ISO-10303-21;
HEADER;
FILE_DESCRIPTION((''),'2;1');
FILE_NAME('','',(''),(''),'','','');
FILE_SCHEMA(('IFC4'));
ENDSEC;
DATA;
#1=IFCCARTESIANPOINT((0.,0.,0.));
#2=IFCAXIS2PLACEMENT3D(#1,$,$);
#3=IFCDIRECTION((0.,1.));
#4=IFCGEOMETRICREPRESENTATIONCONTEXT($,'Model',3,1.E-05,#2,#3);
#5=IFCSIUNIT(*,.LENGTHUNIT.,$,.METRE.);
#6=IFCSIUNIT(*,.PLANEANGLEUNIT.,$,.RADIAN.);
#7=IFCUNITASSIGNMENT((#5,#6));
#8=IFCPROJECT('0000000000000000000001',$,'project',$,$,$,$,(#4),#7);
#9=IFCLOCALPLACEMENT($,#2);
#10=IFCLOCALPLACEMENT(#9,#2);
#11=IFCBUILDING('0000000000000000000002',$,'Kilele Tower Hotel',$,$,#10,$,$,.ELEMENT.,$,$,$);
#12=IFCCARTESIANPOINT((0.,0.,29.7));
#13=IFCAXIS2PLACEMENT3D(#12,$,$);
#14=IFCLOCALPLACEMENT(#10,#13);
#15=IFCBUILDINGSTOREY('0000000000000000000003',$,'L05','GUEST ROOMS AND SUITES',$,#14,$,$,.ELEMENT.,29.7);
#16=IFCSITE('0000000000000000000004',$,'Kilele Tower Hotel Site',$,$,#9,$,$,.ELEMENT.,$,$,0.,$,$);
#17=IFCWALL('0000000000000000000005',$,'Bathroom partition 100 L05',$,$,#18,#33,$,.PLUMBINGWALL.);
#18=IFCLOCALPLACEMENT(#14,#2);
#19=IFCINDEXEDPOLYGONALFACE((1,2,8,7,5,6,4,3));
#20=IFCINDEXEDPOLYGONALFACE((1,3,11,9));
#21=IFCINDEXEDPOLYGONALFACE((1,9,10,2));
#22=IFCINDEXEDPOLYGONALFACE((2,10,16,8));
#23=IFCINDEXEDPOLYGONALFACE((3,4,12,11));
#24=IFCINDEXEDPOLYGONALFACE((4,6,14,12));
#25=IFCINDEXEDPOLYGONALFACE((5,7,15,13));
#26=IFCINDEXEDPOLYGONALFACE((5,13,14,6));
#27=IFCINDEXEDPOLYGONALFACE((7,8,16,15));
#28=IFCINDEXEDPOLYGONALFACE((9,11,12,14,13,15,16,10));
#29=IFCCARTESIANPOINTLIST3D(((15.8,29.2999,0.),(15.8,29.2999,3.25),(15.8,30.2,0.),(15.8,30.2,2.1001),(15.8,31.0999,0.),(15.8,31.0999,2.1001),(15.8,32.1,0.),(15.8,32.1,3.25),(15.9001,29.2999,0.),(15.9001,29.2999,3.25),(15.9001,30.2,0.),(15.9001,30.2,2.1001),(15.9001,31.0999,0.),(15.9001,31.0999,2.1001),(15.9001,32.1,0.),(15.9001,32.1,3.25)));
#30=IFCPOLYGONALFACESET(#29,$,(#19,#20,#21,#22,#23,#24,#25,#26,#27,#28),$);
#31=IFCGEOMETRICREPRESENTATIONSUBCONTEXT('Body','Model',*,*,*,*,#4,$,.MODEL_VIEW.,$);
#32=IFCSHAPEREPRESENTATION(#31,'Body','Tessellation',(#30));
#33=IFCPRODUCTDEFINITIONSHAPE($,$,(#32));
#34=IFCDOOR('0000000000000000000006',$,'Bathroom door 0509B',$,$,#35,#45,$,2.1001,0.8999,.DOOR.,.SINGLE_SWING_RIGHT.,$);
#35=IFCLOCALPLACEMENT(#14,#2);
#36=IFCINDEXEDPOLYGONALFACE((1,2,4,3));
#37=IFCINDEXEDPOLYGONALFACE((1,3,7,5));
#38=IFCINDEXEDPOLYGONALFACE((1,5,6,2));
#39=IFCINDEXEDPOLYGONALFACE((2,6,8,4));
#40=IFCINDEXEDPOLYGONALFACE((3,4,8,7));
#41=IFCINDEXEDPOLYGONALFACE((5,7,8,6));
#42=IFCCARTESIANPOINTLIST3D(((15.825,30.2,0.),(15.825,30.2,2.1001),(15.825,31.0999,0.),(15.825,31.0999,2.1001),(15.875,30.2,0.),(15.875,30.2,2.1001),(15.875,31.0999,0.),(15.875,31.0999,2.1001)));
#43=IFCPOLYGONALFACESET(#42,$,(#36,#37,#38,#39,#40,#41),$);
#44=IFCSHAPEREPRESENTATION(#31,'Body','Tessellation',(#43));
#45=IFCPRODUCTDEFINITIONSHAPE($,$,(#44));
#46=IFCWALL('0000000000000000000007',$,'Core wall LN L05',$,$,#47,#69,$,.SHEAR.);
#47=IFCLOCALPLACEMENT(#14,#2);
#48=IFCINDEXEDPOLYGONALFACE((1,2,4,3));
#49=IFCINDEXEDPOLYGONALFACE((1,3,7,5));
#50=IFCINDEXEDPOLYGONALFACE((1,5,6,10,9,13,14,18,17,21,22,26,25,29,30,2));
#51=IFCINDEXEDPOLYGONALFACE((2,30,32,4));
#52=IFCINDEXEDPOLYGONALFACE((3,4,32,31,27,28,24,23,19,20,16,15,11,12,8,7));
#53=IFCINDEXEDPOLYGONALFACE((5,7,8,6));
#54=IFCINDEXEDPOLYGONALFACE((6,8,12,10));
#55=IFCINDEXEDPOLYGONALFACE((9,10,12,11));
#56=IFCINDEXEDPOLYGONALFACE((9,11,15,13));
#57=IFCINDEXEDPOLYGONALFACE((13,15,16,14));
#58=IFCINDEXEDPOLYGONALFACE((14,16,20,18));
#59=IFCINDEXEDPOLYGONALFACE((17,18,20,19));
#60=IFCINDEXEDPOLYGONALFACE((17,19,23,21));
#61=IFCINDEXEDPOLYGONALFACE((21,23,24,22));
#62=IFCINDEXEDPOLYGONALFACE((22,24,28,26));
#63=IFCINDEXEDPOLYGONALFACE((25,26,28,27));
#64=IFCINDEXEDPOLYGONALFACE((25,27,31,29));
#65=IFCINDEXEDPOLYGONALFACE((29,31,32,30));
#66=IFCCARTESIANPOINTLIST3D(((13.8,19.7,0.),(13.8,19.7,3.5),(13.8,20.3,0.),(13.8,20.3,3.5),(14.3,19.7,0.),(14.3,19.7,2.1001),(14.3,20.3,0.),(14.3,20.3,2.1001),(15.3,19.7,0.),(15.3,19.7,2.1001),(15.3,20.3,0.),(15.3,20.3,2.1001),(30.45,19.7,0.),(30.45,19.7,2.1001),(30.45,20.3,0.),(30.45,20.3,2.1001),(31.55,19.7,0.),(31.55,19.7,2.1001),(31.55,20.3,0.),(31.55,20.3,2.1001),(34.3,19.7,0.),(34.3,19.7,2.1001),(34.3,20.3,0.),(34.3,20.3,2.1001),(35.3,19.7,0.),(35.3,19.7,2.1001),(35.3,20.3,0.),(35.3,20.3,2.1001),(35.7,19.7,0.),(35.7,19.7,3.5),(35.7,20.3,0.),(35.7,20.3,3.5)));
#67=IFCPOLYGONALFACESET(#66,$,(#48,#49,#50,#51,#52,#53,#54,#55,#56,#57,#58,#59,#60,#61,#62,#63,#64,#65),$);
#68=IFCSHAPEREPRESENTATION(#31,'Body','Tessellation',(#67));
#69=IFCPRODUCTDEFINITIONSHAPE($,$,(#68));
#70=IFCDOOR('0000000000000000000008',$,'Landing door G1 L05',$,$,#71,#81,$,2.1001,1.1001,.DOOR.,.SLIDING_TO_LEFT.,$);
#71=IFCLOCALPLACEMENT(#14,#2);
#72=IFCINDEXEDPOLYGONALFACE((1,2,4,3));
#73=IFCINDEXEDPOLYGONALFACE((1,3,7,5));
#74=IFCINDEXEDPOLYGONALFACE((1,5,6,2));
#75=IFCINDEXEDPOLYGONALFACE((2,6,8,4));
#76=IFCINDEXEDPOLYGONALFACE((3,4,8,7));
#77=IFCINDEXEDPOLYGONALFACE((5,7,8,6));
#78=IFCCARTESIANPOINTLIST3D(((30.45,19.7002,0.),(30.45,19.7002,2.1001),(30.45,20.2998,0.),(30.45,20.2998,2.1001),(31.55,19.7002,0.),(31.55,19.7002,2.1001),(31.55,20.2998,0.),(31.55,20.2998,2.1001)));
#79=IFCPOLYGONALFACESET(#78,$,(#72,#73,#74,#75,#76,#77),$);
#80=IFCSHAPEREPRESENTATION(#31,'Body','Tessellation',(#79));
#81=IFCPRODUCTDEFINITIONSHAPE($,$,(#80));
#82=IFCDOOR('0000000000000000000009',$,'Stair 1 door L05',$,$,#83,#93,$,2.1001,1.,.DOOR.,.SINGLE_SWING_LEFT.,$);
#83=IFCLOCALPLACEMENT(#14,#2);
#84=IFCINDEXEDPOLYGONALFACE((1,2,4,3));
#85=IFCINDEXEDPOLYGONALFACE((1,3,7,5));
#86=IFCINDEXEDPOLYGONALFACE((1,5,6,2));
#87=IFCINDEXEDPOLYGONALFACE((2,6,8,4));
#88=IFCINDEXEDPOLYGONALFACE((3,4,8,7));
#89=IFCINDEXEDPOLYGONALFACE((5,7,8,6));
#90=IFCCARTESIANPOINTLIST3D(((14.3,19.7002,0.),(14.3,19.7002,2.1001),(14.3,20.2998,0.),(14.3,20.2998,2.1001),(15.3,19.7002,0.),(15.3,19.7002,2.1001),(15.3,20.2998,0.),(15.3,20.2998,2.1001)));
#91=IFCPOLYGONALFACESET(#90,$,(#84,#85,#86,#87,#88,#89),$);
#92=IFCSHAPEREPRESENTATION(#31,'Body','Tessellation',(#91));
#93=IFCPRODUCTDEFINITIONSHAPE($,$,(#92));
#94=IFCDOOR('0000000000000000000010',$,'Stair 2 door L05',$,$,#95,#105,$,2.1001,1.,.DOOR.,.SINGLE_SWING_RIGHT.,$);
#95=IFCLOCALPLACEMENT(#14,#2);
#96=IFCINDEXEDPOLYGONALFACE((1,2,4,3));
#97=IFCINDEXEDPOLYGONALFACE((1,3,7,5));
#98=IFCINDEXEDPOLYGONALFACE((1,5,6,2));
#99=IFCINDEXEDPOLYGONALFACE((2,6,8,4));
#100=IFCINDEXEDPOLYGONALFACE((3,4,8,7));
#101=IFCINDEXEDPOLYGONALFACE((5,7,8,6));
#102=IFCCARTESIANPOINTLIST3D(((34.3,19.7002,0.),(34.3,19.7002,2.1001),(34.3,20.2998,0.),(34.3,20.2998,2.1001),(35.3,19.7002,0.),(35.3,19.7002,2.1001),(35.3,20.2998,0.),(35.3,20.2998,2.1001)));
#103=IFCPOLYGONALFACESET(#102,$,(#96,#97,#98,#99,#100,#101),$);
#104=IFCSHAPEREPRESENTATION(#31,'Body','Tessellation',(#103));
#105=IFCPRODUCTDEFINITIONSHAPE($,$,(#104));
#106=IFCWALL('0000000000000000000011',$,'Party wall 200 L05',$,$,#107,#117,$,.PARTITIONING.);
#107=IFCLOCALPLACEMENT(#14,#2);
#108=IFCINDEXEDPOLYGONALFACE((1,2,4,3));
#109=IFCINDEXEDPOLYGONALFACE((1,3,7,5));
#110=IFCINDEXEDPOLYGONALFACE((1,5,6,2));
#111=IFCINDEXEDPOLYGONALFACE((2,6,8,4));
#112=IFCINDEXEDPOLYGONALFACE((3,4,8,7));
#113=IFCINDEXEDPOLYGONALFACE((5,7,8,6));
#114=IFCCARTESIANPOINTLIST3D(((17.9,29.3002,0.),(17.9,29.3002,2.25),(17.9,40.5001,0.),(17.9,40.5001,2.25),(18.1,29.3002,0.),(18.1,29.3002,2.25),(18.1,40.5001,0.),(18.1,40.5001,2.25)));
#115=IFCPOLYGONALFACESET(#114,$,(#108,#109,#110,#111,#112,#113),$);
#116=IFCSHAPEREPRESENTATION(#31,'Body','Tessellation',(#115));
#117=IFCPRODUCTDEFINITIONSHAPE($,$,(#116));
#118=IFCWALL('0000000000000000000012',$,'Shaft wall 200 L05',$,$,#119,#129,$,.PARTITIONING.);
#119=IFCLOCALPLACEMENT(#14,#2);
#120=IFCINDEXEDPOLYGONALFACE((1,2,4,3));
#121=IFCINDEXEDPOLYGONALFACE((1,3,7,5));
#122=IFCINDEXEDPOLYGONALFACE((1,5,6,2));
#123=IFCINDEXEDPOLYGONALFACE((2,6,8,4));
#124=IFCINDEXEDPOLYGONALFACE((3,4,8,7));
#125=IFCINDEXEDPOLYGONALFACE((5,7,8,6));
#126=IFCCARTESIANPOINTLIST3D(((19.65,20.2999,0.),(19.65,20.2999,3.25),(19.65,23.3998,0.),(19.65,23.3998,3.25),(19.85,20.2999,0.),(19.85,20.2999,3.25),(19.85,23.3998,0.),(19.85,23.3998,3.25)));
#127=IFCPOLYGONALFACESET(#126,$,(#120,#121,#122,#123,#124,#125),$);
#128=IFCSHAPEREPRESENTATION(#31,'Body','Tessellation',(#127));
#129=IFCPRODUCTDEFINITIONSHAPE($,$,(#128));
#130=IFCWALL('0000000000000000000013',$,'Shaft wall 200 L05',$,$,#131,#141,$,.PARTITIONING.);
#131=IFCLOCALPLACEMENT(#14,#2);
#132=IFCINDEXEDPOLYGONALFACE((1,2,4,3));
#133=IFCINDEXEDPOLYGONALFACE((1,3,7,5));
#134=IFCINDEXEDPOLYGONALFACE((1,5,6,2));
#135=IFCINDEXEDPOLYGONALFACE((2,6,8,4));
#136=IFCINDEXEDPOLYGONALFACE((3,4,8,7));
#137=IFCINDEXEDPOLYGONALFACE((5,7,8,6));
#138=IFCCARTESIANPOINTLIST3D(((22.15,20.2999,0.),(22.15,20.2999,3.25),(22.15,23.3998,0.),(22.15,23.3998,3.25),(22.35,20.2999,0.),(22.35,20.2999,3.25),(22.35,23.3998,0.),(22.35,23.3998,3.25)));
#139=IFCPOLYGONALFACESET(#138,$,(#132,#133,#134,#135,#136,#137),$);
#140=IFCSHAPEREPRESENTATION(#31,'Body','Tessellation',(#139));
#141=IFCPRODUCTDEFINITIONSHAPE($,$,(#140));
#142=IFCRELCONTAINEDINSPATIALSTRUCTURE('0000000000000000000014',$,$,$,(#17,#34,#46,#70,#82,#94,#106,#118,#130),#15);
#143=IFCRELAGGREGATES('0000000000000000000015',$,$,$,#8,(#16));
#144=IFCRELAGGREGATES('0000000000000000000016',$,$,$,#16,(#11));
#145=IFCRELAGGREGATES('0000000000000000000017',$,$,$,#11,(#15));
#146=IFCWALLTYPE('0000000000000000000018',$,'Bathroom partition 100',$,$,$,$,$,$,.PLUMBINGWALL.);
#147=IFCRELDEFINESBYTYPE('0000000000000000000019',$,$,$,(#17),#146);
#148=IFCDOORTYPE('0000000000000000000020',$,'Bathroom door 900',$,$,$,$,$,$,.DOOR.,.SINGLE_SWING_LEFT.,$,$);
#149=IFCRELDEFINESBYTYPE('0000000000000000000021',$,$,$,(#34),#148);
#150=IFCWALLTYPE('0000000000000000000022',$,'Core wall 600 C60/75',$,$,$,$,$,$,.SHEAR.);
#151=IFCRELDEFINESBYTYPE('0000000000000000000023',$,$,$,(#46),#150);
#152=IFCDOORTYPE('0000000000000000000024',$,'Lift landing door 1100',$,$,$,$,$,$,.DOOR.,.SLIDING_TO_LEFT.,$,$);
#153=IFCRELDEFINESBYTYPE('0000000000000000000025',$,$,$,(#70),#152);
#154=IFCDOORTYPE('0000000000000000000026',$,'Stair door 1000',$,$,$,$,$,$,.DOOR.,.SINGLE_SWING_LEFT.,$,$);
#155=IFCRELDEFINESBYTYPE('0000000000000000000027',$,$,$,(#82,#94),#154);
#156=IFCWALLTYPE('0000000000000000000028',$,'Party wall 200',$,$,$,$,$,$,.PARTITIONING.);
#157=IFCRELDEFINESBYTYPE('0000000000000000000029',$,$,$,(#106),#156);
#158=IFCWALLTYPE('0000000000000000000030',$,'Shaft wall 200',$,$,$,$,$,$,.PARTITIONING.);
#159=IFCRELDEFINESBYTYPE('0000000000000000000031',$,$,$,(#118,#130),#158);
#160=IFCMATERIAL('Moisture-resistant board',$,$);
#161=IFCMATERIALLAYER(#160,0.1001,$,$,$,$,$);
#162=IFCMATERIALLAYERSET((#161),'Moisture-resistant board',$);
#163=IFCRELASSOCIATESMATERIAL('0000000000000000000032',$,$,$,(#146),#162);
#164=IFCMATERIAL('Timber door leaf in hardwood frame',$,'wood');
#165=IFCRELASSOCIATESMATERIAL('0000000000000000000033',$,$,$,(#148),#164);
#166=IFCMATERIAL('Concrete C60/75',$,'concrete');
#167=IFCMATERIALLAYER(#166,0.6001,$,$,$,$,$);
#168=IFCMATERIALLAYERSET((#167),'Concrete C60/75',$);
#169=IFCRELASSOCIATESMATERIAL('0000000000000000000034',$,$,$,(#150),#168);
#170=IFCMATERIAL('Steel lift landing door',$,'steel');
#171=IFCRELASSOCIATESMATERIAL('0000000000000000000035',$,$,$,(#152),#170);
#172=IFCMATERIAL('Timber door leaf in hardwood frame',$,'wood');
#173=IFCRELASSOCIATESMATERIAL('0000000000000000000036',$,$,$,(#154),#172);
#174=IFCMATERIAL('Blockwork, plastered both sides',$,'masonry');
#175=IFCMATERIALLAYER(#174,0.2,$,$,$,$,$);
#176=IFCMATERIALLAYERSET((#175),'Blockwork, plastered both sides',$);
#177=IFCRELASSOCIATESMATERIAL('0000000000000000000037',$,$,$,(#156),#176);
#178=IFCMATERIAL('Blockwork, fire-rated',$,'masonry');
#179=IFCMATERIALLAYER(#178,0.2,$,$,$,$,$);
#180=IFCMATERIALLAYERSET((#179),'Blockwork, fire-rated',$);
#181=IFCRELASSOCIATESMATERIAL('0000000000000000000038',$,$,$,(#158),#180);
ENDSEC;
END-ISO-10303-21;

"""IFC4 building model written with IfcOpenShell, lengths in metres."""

from ifc_helpers import new_model, si_unit, direction, frame, frame_2d, origin, place, context, subcontext, project, spatial, rectangle, extrude, material, layer, layer_set, type_object, element, fill, save


model = new_model("IFC4")

# Units and contexts
model_context = context("Model", 3, precision=1e-05, world=origin(), true_north=direction((0.0, 1.0)))
body_context = subcontext(model_context, "Body", "Model", "MODEL_VIEW")
ifc_project = project(units=[si_unit("LENGTHUNIT", "METRE"), si_unit("PLANEANGLEUNIT", "RADIAN")], contexts=[model_context])

# Site, building, storey
site_placement = place(None, origin())
site = spatial("IfcSite", under=ifc_project, at=site_placement, Name="Kilele Tower Hotel Site", CompositionType="ELEMENT", RefElevation=0.0)
building_placement = place(site_placement, origin())
building = spatial("IfcBuilding", under=site, at=building_placement, Name="Kilele Tower Hotel", CompositionType="ELEMENT")
storey_placement = place(building_placement, frame((0.0, 0.0, 29.7)))
storey = spatial("IfcBuildingStorey", under=building, at=storey_placement, Name="L05", Description="GUEST ROOMS AND SUITES", CompositionType="ELEMENT", Elevation=29.7)

# Wall, opening, door
ifc_material_1 = material(Name="Moisture-resistant board")
ifc_layer_1 = layer(ifc_material_1, 0.1001)
ifc_layer_set_1 = layer_set([ifc_layer_1], Name="Moisture-resistant board")
wall_type_1 = type_object("IfcWallType", Name="Bathroom partition 100", PredefinedType="PLUMBINGWALL", material=ifc_layer_set_1)
wall_1_placement = place(storey_placement, frame((15.8501, 29.3, 0.0), z_axis=(0.0, 0.0, 1.0), x_axis=(0.0, 1.0, 0.0)))
wall_1 = element("IfcWall", 1, at=wall_1_placement, inside=storey, type_object=wall_type_1, Name="Bathroom partition 100 L05", PredefinedType="PLUMBINGWALL", context=body_context, shape_type="SweptSolid", body=[
    extrude(rectangle(XDim=2.8, YDim=0.1001, at=frame_2d((1.3999, 0.0))), origin(), (0.0, 0.0, 1.0), 3.25),
])
opening_1_placement = place(wall_1_placement, frame((1.7998, 0.0, 0.0), z_axis=(0.0, 0.0, 1.0), x_axis=(-1.0, 0.0, 0.0)))
opening_1 = element("IfcOpeningElement", 2, at=opening_1_placement, cuts=wall_1, PredefinedType="OPENING", context=body_context, shape_type="SweptSolid", body=[
    extrude(rectangle(XDim=0.8999, YDim=2.1001, at=frame_2d((0.45, 1.05))), frame((0.0, 0.0601, 0.0), z_axis=(0.0, -1.0, 0.0), x_axis=(1.0, 0.0, 0.0)), (0.0, 0.0, 1.0), 0.1201),
])
ifc_material_2 = material(Name="Timber door leaf in hardwood frame", Category="wood")
door_type_1 = type_object("IfcDoorType", Name="Bathroom door 900", OperationType="SINGLE_SWING_LEFT", PredefinedType="DOOR", material=ifc_material_2)
door_1_placement = place(opening_1_placement, origin())
door_1 = element("IfcDoor", 3, at=door_1_placement, inside=storey, type_object=door_type_1, Name="Bathroom door 0509B", OperationType="SINGLE_SWING_RIGHT", OverallHeight=2.1001, OverallWidth=0.8999, PredefinedType="DOOR", context=body_context, shape_type="SweptSolid", body=[
    extrude(rectangle(XDim=0.8999, YDim=2.1001, at=frame_2d((0.45, 1.05))), frame((0.0, 0.0249, 0.0), z_axis=(0.0, -1.0, 0.0), x_axis=(1.0, 0.0, 0.0)), (0.0, 0.0, 1.0), 0.05),
])
fill(opening_1, door_1)

# Wall, openings, doors
ifc_material_3 = material(Name="Concrete C60/75", Category="concrete")
ifc_layer_2 = layer(ifc_material_3, 0.6001)
ifc_layer_set_2 = layer_set([ifc_layer_2], Name="Concrete C60/75")
wall_type_2 = type_object("IfcWallType", Name="Core wall 600 C60/75", PredefinedType="SHEAR", material=ifc_layer_set_2)
wall_2_placement = place(storey_placement, frame((13.8, 20.0, 0.0), z_axis=(0.0, 0.0, 1.0), x_axis=(1.0, 0.0, 0.0)))
wall_2 = element("IfcWall", 4, at=wall_2_placement, inside=storey, type_object=wall_type_2, Name="Core wall LN L05", PredefinedType="SHEAR", context=body_context, shape_type="SweptSolid", body=[
    extrude(rectangle(XDim=21.8999, YDim=0.6001, at=frame_2d((10.95, 0.0))), origin(), (0.0, 0.0, 1.0), 3.5),
])
opening_2_placement = place(wall_2_placement, frame((0.5, 0.0, 0.0)))
opening_2 = element("IfcOpeningElement", 5, at=opening_2_placement, cuts=wall_2, PredefinedType="OPENING", context=body_context, shape_type="SweptSolid", body=[
    extrude(rectangle(XDim=1.0, YDim=2.1001, at=frame_2d((0.5, 1.05))), frame((0.0, 0.3101, 0.0), z_axis=(0.0, -1.0, 0.0), x_axis=(1.0, 0.0, 0.0)), (0.0, 0.0, 1.0), 0.6201),
])
opening_3_placement = place(wall_2_placement, frame((20.5, 0.0, 0.0)))
opening_3 = element("IfcOpeningElement", 6, at=opening_3_placement, cuts=wall_2, PredefinedType="OPENING", context=body_context, shape_type="SweptSolid", body=[
    extrude(rectangle(XDim=1.0, YDim=2.1001, at=frame_2d((0.5, 1.05))), frame((0.0, 0.3101, 0.0), z_axis=(0.0, -1.0, 0.0), x_axis=(1.0, 0.0, 0.0)), (0.0, 0.0, 1.0), 0.6201),
])
opening_4_placement = place(wall_2_placement, frame((16.6499, 0.0, 0.0)))
opening_4 = element("IfcOpeningElement", 7, at=opening_4_placement, cuts=wall_2, PredefinedType="OPENING", context=body_context, shape_type="SweptSolid", body=[
    extrude(rectangle(XDim=1.1001, YDim=2.1001, at=frame_2d((0.55, 1.05))), frame((0.0, 0.3101, 0.0), z_axis=(0.0, -1.0, 0.0), x_axis=(1.0, 0.0, 0.0)), (0.0, 0.0, 1.0), 0.6201),
])
ifc_material_4 = material(Name="Steel lift landing door", Category="steel")
door_type_2 = type_object("IfcDoorType", Name="Lift landing door 1100", OperationType="SLIDING_TO_LEFT", PredefinedType="DOOR", material=ifc_material_4)
door_2_placement = place(opening_4_placement, origin())
door_2 = element("IfcDoor", 8, at=door_2_placement, inside=storey, type_object=door_type_2, Name="Landing door G1 L05", OperationType="SLIDING_TO_LEFT", OverallHeight=2.1001, OverallWidth=1.1001, PredefinedType="DOOR", context=body_context, shape_type="SweptSolid", body=[
    extrude(rectangle(XDim=1.1001, YDim=2.1001, at=frame_2d((0.55, 1.05))), frame((0.0, 0.2998, 0.0), z_axis=(0.0, -1.0, 0.0), x_axis=(1.0, 0.0, 0.0)), (0.0, 0.0, 1.0), 0.5996),
])
fill(opening_4, door_2)
ifc_material_5 = material(Name="Timber door leaf in hardwood frame", Category="wood")
door_type_3 = type_object("IfcDoorType", Name="Stair door 1000", OperationType="SINGLE_SWING_LEFT", PredefinedType="DOOR", material=ifc_material_5)
door_3_placement = place(opening_2_placement, origin())
door_3 = element("IfcDoor", 9, at=door_3_placement, inside=storey, type_object=door_type_3, Name="Stair 1 door L05", OperationType="SINGLE_SWING_LEFT", OverallHeight=2.1001, OverallWidth=1.0, PredefinedType="DOOR", context=body_context, shape_type="SweptSolid", body=[
    extrude(rectangle(XDim=1.0, YDim=2.1001, at=frame_2d((0.5, 1.05))), frame((0.0, 0.2998, 0.0), z_axis=(0.0, -1.0, 0.0), x_axis=(1.0, 0.0, 0.0)), (0.0, 0.0, 1.0), 0.5996),
])
fill(opening_2, door_3)
door_4_placement = place(opening_3_placement, origin())
door_4 = element("IfcDoor", 10, at=door_4_placement, inside=storey, type_object=door_type_3, Name="Stair 2 door L05", OperationType="SINGLE_SWING_RIGHT", OverallHeight=2.1001, OverallWidth=1.0, PredefinedType="DOOR", context=body_context, shape_type="SweptSolid", body=[
    extrude(rectangle(XDim=1.0, YDim=2.1001, at=frame_2d((0.5, 1.05))), frame((0.0, 0.2998, 0.0), z_axis=(0.0, -1.0, 0.0), x_axis=(1.0, 0.0, 0.0)), (0.0, 0.0, 1.0), 0.5996),
])
fill(opening_3, door_4)

# Walls
ifc_material_6 = material(Name="Blockwork, plastered both sides", Category="masonry")
ifc_layer_3 = layer(ifc_material_6, 0.2)
ifc_layer_set_3 = layer_set([ifc_layer_3], Name="Blockwork, plastered both sides")
wall_type_3 = type_object("IfcWallType", Name="Party wall 200", PredefinedType="PARTITIONING", material=ifc_layer_set_3)
wall_3_placement = place(storey_placement, frame((18.0, 29.3, 0.0), z_axis=(0.0, 0.0, 1.0), x_axis=(0.0, 1.0, 0.0)))
element("IfcWall", 11, at=wall_3_placement, inside=storey, type_object=wall_type_3, Name="Party wall 200 L05", PredefinedType="PARTITIONING", context=body_context, shape_type="SweptSolid", body=[
    extrude(rectangle(XDim=11.2, YDim=0.2, at=frame_2d((5.6001, 0.0))), origin(), (0.0, 0.0, 1.0), 2.25),
])
ifc_material_7 = material(Name="Blockwork, fire-rated", Category="masonry")
ifc_layer_4 = layer(ifc_material_7, 0.2)
ifc_layer_set_4 = layer_set([ifc_layer_4], Name="Blockwork, fire-rated")
wall_type_4 = type_object("IfcWallType", Name="Shaft wall 200", PredefinedType="PARTITIONING", material=ifc_layer_set_4)
for number, where, z_axis, x_axis, name in (
    (12, (19.75, 20.3, 0.0), (0.0, 0.0, 1.0), (0.0, 1.0, 0.0), "Shaft wall 200 L05"),
    (13, (22.25, 20.3, 0.0), (0.0, 0.0, 1.0), (0.0, 1.0, 0.0), "Shaft wall 200 L05"),
):
    element("IfcWall", number, at=place(storey_placement, frame(where, z_axis=z_axis, x_axis=x_axis)), inside=storey, type_object=wall_type_4, Name=name, PredefinedType="PARTITIONING", context=body_context, shape_type="SweptSolid", body=[
        extrude(rectangle(XDim=3.0999, YDim=0.2, at=frame_2d((1.5498, 0.0))), origin(), (0.0, 0.0, 1.0), 3.25),
    ])

save(model, "model.ifc")
